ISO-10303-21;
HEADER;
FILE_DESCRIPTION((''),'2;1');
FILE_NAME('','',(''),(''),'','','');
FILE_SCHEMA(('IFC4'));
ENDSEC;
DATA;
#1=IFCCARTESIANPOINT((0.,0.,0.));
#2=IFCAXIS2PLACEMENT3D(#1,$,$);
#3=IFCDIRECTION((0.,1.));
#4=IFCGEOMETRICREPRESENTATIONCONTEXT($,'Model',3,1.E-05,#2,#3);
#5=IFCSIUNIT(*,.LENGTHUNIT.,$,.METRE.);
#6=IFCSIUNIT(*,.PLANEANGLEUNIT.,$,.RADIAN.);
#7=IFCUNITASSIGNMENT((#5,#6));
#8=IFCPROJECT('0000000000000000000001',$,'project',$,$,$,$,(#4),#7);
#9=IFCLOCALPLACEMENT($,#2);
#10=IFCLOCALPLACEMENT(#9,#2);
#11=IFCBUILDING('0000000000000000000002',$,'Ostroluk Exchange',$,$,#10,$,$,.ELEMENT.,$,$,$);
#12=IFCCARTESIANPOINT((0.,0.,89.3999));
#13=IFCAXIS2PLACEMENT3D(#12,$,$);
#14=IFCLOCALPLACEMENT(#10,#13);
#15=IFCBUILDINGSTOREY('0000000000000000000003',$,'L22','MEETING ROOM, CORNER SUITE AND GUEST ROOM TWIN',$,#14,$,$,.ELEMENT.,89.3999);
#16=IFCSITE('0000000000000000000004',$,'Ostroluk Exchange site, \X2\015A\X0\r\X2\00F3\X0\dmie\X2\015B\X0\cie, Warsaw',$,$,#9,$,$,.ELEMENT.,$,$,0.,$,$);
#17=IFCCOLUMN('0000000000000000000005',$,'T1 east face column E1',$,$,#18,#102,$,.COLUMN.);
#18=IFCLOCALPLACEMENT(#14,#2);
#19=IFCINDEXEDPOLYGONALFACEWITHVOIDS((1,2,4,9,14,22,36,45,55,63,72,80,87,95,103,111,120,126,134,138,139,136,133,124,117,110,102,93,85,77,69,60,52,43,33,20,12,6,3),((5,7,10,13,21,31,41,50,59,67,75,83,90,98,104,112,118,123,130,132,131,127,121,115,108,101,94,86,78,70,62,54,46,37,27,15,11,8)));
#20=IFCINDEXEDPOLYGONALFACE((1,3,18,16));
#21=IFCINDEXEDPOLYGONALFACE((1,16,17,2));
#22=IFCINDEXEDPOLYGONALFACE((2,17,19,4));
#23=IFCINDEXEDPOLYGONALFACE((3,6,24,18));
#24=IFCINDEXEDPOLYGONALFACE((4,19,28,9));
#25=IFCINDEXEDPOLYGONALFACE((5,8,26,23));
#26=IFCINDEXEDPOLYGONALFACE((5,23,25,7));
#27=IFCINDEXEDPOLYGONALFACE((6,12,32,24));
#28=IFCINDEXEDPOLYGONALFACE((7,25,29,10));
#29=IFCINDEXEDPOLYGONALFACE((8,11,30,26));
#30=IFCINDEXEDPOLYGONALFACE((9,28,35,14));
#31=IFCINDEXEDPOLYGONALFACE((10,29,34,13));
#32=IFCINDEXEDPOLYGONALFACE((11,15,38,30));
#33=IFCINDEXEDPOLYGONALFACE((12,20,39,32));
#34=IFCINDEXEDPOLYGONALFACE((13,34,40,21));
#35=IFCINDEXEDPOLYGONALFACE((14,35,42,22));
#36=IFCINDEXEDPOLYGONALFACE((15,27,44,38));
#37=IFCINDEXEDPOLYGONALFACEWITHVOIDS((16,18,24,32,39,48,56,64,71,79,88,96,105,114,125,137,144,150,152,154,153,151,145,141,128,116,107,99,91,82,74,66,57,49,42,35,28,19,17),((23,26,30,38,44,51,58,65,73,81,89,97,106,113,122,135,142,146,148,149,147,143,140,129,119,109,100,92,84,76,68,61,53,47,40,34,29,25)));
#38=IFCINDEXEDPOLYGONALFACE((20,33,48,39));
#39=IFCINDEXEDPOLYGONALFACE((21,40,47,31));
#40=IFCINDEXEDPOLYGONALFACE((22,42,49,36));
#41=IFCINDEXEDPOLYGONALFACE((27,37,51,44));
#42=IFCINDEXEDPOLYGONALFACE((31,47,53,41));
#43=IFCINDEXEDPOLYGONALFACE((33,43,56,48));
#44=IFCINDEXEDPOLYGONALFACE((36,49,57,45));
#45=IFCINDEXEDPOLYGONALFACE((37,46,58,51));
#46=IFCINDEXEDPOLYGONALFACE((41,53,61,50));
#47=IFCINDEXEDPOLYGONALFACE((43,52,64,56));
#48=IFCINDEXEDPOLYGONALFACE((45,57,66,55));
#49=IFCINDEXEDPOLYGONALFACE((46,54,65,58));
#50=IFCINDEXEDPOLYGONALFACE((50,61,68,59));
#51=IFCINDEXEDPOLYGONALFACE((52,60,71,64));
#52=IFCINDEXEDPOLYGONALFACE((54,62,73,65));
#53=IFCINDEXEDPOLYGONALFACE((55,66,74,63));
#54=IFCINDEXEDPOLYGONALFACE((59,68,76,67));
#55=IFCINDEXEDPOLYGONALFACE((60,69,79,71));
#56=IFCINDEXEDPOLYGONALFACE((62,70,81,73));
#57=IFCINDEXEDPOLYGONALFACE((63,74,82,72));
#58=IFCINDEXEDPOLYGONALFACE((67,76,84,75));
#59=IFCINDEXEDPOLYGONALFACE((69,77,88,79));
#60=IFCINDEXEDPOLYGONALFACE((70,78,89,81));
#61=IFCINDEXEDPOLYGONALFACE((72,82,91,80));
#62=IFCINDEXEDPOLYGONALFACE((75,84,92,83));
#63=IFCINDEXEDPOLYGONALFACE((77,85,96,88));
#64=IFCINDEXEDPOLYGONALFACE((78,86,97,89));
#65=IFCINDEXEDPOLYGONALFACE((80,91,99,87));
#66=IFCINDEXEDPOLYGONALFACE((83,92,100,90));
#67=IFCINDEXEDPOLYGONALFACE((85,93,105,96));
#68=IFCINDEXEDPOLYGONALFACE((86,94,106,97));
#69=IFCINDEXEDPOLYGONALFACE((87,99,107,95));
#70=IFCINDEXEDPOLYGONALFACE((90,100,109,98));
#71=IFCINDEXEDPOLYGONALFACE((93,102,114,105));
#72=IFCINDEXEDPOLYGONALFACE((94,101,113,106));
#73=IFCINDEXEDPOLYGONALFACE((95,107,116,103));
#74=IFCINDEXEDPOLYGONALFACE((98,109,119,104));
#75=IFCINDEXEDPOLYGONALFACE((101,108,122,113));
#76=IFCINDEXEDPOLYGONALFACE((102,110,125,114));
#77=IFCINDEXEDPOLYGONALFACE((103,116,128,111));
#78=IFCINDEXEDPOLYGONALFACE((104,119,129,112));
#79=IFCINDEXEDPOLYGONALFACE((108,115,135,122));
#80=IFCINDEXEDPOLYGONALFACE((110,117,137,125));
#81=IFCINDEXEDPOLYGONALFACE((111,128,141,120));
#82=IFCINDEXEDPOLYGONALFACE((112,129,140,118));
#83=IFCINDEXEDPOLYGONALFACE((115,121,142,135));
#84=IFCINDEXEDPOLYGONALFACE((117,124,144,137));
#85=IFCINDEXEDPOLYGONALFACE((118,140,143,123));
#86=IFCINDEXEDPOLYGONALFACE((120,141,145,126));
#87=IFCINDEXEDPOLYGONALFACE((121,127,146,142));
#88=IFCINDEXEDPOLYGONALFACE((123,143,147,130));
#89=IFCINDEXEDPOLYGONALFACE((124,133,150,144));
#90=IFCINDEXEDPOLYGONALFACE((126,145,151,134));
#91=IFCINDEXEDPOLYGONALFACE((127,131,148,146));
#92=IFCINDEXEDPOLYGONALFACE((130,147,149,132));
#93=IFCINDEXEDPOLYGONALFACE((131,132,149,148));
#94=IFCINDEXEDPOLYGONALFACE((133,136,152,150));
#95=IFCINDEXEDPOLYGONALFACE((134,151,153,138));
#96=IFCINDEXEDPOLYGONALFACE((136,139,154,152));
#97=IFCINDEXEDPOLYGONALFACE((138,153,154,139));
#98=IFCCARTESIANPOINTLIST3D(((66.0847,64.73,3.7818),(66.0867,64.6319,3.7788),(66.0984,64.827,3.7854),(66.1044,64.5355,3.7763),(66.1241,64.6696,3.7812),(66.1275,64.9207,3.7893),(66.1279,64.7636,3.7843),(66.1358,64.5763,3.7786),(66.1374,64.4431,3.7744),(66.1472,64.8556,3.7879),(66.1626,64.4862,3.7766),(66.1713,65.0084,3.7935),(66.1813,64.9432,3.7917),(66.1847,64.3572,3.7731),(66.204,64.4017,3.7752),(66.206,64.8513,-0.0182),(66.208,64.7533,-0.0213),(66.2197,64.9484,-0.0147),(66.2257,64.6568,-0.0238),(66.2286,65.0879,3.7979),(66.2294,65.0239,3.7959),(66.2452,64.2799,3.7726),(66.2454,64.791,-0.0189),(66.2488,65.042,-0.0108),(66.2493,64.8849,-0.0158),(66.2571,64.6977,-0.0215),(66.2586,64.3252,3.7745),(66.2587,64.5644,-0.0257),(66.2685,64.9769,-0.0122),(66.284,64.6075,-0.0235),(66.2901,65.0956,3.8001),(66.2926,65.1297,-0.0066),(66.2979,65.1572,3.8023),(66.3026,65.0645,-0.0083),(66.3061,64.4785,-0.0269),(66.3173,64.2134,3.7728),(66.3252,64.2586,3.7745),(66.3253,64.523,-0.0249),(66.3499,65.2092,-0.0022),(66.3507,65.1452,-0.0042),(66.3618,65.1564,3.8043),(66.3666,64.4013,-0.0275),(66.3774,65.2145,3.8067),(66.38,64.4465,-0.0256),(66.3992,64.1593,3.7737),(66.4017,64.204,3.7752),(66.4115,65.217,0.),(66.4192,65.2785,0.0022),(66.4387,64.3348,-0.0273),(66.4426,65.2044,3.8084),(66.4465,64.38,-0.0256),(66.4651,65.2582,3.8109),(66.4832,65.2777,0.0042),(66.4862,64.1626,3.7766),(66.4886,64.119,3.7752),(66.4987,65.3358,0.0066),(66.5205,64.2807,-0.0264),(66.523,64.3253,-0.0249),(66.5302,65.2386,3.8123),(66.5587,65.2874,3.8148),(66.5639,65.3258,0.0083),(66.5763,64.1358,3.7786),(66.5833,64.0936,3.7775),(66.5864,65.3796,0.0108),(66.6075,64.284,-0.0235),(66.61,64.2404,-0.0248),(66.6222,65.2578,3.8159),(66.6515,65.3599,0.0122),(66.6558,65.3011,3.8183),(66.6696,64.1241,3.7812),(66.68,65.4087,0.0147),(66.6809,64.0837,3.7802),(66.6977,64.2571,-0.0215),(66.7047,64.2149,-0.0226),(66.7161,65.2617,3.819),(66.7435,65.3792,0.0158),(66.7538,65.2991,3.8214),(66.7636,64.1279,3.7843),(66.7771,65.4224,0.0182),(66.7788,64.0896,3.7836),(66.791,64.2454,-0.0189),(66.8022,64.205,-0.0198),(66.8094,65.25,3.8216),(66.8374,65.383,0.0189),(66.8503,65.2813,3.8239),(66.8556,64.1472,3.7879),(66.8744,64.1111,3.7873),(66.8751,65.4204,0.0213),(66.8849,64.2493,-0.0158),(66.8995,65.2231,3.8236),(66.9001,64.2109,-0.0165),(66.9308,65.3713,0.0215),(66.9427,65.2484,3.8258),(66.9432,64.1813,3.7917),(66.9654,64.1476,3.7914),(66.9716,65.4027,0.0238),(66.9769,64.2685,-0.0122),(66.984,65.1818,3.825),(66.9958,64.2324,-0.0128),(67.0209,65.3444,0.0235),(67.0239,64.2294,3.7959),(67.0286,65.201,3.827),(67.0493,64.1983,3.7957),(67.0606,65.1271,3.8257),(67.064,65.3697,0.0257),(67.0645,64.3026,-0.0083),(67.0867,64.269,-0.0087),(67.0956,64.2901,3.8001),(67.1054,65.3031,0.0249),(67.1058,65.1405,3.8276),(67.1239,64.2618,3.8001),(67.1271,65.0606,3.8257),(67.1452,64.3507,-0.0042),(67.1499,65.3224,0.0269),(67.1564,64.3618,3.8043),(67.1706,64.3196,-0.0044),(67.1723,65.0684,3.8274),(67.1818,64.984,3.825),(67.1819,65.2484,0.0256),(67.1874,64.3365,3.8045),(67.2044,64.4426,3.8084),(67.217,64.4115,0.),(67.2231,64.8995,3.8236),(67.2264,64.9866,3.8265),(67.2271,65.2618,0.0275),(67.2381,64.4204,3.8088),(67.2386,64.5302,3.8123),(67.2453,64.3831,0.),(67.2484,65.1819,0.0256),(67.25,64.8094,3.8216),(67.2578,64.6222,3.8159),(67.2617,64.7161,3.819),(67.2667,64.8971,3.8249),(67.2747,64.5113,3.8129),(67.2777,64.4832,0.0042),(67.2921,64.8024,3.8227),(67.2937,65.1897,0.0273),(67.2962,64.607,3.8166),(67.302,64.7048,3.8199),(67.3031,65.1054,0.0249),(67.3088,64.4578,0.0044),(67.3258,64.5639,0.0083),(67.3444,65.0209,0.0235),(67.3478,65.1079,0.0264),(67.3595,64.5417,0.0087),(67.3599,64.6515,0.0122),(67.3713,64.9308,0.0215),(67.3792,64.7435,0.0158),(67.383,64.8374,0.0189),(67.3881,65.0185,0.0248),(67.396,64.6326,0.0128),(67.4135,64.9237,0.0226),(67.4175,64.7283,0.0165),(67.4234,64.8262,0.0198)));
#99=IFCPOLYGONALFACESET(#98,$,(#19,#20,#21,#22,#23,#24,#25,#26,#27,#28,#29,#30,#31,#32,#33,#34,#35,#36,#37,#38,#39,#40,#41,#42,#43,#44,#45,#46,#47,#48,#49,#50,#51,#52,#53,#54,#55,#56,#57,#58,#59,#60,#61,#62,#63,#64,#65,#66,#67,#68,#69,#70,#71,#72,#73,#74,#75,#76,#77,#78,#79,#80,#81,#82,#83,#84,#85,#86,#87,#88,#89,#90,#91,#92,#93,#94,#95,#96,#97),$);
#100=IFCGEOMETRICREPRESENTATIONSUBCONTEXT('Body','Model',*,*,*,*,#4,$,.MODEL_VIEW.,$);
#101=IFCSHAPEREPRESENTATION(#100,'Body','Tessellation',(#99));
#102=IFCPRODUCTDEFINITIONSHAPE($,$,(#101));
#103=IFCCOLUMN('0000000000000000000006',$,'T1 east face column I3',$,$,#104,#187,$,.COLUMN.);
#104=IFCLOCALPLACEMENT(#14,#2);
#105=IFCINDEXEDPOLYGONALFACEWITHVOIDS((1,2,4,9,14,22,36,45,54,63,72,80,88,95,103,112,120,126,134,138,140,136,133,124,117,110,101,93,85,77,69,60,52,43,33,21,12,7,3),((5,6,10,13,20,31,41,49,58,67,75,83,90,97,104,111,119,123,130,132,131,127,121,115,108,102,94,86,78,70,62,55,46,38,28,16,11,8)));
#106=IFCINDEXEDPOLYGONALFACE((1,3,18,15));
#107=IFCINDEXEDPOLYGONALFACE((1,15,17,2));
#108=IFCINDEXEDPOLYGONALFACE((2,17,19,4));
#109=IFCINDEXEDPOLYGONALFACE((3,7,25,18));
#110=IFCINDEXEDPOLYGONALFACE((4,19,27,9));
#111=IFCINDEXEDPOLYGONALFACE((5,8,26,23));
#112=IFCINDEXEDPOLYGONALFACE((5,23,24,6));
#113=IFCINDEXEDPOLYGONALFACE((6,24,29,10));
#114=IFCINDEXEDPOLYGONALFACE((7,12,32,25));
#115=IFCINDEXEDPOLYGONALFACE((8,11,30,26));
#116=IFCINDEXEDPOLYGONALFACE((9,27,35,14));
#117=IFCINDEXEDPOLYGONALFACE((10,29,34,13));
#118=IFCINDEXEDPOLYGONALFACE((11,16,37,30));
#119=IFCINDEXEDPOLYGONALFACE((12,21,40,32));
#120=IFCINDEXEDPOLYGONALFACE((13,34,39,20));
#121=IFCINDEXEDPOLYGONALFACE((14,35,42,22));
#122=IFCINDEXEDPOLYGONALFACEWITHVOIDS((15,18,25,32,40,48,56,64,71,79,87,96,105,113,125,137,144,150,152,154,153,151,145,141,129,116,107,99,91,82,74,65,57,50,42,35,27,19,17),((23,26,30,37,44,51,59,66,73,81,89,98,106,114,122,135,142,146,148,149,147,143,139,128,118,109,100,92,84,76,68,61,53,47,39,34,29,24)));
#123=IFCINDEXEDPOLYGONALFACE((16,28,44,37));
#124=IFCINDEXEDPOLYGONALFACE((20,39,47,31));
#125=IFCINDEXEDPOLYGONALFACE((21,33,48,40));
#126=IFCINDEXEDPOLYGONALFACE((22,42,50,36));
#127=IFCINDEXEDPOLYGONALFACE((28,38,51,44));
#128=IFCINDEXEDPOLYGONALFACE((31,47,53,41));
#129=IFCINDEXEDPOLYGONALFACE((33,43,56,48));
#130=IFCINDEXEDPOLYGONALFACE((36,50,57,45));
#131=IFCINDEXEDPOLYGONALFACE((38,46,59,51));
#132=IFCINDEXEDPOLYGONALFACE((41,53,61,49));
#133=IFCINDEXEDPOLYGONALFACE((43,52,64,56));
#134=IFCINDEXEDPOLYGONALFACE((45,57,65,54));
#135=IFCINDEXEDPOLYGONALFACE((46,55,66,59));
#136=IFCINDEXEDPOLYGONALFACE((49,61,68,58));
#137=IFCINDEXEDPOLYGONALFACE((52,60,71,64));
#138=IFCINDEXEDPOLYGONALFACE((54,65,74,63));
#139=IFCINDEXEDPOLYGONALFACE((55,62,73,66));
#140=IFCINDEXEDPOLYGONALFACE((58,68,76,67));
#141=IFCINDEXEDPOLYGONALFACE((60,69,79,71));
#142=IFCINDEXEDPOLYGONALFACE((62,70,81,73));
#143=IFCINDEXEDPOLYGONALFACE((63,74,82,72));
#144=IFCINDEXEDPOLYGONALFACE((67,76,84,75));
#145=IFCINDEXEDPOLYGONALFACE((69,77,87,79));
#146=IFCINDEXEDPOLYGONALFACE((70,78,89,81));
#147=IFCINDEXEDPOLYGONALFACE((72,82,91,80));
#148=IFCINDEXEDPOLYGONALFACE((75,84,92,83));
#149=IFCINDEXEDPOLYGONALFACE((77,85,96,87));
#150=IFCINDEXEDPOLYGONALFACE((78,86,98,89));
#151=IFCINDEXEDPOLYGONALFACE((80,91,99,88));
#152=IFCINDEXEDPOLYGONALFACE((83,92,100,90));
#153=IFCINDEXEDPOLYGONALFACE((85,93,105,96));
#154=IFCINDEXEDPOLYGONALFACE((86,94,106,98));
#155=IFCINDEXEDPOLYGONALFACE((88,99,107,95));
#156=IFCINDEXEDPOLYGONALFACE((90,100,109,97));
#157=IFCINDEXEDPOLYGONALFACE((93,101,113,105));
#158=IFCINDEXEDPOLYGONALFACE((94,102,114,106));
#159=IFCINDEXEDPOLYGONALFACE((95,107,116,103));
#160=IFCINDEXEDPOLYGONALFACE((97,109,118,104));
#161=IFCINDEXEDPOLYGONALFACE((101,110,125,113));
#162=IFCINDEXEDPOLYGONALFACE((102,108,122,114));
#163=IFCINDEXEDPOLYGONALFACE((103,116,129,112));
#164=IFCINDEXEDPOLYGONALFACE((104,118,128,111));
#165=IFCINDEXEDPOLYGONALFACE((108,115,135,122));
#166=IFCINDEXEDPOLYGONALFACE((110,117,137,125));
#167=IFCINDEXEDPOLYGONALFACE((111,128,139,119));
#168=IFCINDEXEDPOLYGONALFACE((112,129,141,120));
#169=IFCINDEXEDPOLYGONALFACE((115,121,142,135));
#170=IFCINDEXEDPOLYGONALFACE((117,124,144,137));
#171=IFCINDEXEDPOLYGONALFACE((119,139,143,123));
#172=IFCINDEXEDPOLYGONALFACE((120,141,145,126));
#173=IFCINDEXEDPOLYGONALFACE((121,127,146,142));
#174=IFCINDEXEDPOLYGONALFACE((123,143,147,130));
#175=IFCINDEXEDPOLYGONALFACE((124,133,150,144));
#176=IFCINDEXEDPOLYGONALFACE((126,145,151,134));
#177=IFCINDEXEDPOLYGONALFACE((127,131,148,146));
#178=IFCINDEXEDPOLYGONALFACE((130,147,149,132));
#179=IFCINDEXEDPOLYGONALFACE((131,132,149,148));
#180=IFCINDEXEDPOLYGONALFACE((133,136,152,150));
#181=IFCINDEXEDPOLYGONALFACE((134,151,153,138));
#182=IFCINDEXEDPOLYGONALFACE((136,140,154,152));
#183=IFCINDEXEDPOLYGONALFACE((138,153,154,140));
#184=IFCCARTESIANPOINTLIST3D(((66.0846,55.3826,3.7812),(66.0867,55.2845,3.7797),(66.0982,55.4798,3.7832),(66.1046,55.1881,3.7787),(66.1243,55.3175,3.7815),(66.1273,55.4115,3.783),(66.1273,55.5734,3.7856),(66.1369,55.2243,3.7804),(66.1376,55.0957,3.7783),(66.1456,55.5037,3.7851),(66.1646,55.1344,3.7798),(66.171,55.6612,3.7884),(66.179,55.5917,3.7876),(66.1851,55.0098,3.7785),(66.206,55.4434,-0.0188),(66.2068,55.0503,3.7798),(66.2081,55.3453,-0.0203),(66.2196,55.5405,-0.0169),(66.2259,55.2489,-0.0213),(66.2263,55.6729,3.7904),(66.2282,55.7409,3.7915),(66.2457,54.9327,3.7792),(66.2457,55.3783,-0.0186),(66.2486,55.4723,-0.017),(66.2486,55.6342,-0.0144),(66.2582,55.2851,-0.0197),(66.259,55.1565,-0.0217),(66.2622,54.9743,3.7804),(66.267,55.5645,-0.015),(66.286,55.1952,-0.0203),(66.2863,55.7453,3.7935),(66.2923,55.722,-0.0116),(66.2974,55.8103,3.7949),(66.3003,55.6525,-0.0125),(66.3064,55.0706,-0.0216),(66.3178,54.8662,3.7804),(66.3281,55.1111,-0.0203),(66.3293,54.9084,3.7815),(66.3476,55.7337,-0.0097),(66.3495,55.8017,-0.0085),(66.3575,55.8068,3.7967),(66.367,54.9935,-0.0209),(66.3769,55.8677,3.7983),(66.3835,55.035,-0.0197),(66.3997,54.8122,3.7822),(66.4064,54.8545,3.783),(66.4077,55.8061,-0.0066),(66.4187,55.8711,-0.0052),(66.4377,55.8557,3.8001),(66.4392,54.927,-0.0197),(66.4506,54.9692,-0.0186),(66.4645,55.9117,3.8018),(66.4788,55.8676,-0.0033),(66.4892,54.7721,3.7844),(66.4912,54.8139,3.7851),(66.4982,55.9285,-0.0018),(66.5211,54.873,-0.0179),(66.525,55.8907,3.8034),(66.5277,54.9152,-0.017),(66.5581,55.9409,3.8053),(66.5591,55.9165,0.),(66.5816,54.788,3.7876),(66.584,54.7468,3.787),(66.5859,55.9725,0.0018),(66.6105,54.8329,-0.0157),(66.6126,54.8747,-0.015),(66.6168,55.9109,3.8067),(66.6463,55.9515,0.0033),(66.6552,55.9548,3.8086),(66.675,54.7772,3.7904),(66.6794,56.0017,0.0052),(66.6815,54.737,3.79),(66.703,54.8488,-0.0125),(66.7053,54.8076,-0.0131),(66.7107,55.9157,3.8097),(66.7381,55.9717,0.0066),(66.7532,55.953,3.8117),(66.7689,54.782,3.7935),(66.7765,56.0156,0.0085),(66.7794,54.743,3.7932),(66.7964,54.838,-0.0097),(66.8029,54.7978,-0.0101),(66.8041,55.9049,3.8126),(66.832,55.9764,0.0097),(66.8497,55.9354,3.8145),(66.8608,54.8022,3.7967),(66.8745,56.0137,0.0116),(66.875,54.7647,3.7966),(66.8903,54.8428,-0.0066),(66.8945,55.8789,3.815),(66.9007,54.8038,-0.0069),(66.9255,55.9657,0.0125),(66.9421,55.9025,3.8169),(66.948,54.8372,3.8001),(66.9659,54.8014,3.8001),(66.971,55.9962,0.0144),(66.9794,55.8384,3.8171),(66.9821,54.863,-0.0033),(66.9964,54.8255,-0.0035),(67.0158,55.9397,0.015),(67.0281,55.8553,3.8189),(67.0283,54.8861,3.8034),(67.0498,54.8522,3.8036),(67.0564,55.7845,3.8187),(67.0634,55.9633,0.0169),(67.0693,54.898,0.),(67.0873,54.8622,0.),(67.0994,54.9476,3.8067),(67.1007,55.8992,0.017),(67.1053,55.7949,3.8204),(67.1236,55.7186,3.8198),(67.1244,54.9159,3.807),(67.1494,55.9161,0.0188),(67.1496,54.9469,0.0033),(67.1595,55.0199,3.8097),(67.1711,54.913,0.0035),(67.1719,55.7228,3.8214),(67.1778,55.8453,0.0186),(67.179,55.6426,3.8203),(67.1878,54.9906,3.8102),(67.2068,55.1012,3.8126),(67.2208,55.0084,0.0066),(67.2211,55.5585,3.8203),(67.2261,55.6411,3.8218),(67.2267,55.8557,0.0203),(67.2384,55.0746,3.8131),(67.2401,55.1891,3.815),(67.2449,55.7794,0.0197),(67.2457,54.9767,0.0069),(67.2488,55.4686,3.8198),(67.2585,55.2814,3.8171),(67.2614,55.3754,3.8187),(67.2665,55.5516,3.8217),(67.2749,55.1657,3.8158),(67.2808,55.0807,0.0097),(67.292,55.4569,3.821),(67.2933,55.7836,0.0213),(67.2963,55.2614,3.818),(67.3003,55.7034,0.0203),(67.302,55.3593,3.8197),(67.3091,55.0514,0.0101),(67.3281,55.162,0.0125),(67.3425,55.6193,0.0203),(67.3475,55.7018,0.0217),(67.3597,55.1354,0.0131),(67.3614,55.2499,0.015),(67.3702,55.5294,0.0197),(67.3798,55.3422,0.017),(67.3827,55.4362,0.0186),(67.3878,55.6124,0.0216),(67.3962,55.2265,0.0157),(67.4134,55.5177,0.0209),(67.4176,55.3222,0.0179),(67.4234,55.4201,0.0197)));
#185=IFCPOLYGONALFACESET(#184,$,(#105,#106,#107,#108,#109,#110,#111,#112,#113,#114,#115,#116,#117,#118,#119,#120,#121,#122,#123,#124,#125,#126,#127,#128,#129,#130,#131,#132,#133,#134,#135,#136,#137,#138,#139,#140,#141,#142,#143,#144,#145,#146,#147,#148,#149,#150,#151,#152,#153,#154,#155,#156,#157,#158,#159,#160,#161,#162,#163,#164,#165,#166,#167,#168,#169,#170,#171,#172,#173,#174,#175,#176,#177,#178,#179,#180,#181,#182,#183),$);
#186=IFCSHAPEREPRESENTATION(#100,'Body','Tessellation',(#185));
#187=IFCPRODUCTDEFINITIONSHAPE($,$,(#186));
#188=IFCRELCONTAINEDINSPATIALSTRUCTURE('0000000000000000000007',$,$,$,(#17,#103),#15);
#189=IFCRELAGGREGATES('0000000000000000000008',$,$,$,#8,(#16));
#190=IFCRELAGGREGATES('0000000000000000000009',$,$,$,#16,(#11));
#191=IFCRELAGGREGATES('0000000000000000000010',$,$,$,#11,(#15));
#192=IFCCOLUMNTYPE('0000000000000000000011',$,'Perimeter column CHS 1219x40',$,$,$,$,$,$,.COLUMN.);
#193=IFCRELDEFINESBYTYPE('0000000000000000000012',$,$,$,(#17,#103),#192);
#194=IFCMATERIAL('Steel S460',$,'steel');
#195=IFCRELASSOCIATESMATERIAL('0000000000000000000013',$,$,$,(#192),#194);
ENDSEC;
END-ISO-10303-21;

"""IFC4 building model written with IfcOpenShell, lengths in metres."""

from ifc_helpers import new_model, si_unit, direction, frame, origin, origin_2d, place, context, subcontext, project, spatial, hollow_circle, extrude, material, material_profile, profile_set, type_object, element, save


model = new_model("IFC4")

# Units and contexts
model_context = context("Model", 3, precision=1e-05, world=origin(), true_north=direction((0.0, 1.0)))
body_context = subcontext(model_context, "Body", "Model", "MODEL_VIEW")
ifc_project = project(units=[si_unit("LENGTHUNIT", "METRE"), si_unit("PLANEANGLEUNIT", "RADIAN")], contexts=[model_context])

# Site, building, storey
site_placement = place(None, origin())
site = spatial("IfcSite", under=ifc_project, at=site_placement, Name="Ostroluk Exchange site, Śródmieście, Warsaw", CompositionType="ELEMENT", RefElevation=0.0)
building_placement = place(site_placement, origin())
building = spatial("IfcBuilding", under=site, at=building_placement, Name="Ostroluk Exchange", CompositionType="ELEMENT")
storey_placement = place(building_placement, frame((0.0, 0.0, 89.3999)))
storey = spatial("IfcBuildingStorey", under=building, at=storey_placement, Name="L22", Description="MEETING ROOM, CORNER SUITE AND GUEST ROOM TWIN", CompositionType="ELEMENT", Elevation=89.3999)

# Columns
ifc_material_1 = material(Name="Steel S460", Category="steel")
ifc_material_profile_1 = material_profile(ifc_material_1, hollow_circle(Radius=0.6096, WallThickness=0.04, at=origin_2d()), Name="CHS 1219x40")
ifc_profile_set_1 = profile_set([ifc_material_profile_1], Name="Steel S460")
column_type = type_object("IfcColumnType", Name="Perimeter column CHS 1219x40", PredefinedType="COLUMN", material=ifc_profile_set_1)
column_1_placement = place(storey_placement, frame((66.8142, 64.8142, 0.0), z_axis=(-0.031898, -0.031898, 0.998982), x_axis=(0.707107, -0.707107, 0.0)))
element("IfcColumn", 1, at=column_1_placement, inside=storey, type_object=column_type, Name="T1 east face column E1", PredefinedType="COLUMN", context=body_context, shape_type="SweptSolid", body=[
    extrude(hollow_circle(Radius=0.6096, WallThickness=0.04, at=origin_2d()), origin(), (0.0, 0.0, 1.0), 3.804),
])
column_2_placement = place(storey_placement, frame((66.8142, 55.4072, 0.0), z_axis=(-0.03191, -0.015987, 0.999363), x_axis=(0.447933, -0.894067, 0.0)))
element("IfcColumn", 2, at=column_2_placement, inside=storey, type_object=column_type, Name="T1 east face column I3", PredefinedType="COLUMN", context=body_context, shape_type="SweptSolid", body=[
    extrude(hollow_circle(Radius=0.6096, WallThickness=0.04, at=origin_2d()), origin(), (0.0, 0.0, 1.0), 3.8025),
])

save(model, "model.ifc")
